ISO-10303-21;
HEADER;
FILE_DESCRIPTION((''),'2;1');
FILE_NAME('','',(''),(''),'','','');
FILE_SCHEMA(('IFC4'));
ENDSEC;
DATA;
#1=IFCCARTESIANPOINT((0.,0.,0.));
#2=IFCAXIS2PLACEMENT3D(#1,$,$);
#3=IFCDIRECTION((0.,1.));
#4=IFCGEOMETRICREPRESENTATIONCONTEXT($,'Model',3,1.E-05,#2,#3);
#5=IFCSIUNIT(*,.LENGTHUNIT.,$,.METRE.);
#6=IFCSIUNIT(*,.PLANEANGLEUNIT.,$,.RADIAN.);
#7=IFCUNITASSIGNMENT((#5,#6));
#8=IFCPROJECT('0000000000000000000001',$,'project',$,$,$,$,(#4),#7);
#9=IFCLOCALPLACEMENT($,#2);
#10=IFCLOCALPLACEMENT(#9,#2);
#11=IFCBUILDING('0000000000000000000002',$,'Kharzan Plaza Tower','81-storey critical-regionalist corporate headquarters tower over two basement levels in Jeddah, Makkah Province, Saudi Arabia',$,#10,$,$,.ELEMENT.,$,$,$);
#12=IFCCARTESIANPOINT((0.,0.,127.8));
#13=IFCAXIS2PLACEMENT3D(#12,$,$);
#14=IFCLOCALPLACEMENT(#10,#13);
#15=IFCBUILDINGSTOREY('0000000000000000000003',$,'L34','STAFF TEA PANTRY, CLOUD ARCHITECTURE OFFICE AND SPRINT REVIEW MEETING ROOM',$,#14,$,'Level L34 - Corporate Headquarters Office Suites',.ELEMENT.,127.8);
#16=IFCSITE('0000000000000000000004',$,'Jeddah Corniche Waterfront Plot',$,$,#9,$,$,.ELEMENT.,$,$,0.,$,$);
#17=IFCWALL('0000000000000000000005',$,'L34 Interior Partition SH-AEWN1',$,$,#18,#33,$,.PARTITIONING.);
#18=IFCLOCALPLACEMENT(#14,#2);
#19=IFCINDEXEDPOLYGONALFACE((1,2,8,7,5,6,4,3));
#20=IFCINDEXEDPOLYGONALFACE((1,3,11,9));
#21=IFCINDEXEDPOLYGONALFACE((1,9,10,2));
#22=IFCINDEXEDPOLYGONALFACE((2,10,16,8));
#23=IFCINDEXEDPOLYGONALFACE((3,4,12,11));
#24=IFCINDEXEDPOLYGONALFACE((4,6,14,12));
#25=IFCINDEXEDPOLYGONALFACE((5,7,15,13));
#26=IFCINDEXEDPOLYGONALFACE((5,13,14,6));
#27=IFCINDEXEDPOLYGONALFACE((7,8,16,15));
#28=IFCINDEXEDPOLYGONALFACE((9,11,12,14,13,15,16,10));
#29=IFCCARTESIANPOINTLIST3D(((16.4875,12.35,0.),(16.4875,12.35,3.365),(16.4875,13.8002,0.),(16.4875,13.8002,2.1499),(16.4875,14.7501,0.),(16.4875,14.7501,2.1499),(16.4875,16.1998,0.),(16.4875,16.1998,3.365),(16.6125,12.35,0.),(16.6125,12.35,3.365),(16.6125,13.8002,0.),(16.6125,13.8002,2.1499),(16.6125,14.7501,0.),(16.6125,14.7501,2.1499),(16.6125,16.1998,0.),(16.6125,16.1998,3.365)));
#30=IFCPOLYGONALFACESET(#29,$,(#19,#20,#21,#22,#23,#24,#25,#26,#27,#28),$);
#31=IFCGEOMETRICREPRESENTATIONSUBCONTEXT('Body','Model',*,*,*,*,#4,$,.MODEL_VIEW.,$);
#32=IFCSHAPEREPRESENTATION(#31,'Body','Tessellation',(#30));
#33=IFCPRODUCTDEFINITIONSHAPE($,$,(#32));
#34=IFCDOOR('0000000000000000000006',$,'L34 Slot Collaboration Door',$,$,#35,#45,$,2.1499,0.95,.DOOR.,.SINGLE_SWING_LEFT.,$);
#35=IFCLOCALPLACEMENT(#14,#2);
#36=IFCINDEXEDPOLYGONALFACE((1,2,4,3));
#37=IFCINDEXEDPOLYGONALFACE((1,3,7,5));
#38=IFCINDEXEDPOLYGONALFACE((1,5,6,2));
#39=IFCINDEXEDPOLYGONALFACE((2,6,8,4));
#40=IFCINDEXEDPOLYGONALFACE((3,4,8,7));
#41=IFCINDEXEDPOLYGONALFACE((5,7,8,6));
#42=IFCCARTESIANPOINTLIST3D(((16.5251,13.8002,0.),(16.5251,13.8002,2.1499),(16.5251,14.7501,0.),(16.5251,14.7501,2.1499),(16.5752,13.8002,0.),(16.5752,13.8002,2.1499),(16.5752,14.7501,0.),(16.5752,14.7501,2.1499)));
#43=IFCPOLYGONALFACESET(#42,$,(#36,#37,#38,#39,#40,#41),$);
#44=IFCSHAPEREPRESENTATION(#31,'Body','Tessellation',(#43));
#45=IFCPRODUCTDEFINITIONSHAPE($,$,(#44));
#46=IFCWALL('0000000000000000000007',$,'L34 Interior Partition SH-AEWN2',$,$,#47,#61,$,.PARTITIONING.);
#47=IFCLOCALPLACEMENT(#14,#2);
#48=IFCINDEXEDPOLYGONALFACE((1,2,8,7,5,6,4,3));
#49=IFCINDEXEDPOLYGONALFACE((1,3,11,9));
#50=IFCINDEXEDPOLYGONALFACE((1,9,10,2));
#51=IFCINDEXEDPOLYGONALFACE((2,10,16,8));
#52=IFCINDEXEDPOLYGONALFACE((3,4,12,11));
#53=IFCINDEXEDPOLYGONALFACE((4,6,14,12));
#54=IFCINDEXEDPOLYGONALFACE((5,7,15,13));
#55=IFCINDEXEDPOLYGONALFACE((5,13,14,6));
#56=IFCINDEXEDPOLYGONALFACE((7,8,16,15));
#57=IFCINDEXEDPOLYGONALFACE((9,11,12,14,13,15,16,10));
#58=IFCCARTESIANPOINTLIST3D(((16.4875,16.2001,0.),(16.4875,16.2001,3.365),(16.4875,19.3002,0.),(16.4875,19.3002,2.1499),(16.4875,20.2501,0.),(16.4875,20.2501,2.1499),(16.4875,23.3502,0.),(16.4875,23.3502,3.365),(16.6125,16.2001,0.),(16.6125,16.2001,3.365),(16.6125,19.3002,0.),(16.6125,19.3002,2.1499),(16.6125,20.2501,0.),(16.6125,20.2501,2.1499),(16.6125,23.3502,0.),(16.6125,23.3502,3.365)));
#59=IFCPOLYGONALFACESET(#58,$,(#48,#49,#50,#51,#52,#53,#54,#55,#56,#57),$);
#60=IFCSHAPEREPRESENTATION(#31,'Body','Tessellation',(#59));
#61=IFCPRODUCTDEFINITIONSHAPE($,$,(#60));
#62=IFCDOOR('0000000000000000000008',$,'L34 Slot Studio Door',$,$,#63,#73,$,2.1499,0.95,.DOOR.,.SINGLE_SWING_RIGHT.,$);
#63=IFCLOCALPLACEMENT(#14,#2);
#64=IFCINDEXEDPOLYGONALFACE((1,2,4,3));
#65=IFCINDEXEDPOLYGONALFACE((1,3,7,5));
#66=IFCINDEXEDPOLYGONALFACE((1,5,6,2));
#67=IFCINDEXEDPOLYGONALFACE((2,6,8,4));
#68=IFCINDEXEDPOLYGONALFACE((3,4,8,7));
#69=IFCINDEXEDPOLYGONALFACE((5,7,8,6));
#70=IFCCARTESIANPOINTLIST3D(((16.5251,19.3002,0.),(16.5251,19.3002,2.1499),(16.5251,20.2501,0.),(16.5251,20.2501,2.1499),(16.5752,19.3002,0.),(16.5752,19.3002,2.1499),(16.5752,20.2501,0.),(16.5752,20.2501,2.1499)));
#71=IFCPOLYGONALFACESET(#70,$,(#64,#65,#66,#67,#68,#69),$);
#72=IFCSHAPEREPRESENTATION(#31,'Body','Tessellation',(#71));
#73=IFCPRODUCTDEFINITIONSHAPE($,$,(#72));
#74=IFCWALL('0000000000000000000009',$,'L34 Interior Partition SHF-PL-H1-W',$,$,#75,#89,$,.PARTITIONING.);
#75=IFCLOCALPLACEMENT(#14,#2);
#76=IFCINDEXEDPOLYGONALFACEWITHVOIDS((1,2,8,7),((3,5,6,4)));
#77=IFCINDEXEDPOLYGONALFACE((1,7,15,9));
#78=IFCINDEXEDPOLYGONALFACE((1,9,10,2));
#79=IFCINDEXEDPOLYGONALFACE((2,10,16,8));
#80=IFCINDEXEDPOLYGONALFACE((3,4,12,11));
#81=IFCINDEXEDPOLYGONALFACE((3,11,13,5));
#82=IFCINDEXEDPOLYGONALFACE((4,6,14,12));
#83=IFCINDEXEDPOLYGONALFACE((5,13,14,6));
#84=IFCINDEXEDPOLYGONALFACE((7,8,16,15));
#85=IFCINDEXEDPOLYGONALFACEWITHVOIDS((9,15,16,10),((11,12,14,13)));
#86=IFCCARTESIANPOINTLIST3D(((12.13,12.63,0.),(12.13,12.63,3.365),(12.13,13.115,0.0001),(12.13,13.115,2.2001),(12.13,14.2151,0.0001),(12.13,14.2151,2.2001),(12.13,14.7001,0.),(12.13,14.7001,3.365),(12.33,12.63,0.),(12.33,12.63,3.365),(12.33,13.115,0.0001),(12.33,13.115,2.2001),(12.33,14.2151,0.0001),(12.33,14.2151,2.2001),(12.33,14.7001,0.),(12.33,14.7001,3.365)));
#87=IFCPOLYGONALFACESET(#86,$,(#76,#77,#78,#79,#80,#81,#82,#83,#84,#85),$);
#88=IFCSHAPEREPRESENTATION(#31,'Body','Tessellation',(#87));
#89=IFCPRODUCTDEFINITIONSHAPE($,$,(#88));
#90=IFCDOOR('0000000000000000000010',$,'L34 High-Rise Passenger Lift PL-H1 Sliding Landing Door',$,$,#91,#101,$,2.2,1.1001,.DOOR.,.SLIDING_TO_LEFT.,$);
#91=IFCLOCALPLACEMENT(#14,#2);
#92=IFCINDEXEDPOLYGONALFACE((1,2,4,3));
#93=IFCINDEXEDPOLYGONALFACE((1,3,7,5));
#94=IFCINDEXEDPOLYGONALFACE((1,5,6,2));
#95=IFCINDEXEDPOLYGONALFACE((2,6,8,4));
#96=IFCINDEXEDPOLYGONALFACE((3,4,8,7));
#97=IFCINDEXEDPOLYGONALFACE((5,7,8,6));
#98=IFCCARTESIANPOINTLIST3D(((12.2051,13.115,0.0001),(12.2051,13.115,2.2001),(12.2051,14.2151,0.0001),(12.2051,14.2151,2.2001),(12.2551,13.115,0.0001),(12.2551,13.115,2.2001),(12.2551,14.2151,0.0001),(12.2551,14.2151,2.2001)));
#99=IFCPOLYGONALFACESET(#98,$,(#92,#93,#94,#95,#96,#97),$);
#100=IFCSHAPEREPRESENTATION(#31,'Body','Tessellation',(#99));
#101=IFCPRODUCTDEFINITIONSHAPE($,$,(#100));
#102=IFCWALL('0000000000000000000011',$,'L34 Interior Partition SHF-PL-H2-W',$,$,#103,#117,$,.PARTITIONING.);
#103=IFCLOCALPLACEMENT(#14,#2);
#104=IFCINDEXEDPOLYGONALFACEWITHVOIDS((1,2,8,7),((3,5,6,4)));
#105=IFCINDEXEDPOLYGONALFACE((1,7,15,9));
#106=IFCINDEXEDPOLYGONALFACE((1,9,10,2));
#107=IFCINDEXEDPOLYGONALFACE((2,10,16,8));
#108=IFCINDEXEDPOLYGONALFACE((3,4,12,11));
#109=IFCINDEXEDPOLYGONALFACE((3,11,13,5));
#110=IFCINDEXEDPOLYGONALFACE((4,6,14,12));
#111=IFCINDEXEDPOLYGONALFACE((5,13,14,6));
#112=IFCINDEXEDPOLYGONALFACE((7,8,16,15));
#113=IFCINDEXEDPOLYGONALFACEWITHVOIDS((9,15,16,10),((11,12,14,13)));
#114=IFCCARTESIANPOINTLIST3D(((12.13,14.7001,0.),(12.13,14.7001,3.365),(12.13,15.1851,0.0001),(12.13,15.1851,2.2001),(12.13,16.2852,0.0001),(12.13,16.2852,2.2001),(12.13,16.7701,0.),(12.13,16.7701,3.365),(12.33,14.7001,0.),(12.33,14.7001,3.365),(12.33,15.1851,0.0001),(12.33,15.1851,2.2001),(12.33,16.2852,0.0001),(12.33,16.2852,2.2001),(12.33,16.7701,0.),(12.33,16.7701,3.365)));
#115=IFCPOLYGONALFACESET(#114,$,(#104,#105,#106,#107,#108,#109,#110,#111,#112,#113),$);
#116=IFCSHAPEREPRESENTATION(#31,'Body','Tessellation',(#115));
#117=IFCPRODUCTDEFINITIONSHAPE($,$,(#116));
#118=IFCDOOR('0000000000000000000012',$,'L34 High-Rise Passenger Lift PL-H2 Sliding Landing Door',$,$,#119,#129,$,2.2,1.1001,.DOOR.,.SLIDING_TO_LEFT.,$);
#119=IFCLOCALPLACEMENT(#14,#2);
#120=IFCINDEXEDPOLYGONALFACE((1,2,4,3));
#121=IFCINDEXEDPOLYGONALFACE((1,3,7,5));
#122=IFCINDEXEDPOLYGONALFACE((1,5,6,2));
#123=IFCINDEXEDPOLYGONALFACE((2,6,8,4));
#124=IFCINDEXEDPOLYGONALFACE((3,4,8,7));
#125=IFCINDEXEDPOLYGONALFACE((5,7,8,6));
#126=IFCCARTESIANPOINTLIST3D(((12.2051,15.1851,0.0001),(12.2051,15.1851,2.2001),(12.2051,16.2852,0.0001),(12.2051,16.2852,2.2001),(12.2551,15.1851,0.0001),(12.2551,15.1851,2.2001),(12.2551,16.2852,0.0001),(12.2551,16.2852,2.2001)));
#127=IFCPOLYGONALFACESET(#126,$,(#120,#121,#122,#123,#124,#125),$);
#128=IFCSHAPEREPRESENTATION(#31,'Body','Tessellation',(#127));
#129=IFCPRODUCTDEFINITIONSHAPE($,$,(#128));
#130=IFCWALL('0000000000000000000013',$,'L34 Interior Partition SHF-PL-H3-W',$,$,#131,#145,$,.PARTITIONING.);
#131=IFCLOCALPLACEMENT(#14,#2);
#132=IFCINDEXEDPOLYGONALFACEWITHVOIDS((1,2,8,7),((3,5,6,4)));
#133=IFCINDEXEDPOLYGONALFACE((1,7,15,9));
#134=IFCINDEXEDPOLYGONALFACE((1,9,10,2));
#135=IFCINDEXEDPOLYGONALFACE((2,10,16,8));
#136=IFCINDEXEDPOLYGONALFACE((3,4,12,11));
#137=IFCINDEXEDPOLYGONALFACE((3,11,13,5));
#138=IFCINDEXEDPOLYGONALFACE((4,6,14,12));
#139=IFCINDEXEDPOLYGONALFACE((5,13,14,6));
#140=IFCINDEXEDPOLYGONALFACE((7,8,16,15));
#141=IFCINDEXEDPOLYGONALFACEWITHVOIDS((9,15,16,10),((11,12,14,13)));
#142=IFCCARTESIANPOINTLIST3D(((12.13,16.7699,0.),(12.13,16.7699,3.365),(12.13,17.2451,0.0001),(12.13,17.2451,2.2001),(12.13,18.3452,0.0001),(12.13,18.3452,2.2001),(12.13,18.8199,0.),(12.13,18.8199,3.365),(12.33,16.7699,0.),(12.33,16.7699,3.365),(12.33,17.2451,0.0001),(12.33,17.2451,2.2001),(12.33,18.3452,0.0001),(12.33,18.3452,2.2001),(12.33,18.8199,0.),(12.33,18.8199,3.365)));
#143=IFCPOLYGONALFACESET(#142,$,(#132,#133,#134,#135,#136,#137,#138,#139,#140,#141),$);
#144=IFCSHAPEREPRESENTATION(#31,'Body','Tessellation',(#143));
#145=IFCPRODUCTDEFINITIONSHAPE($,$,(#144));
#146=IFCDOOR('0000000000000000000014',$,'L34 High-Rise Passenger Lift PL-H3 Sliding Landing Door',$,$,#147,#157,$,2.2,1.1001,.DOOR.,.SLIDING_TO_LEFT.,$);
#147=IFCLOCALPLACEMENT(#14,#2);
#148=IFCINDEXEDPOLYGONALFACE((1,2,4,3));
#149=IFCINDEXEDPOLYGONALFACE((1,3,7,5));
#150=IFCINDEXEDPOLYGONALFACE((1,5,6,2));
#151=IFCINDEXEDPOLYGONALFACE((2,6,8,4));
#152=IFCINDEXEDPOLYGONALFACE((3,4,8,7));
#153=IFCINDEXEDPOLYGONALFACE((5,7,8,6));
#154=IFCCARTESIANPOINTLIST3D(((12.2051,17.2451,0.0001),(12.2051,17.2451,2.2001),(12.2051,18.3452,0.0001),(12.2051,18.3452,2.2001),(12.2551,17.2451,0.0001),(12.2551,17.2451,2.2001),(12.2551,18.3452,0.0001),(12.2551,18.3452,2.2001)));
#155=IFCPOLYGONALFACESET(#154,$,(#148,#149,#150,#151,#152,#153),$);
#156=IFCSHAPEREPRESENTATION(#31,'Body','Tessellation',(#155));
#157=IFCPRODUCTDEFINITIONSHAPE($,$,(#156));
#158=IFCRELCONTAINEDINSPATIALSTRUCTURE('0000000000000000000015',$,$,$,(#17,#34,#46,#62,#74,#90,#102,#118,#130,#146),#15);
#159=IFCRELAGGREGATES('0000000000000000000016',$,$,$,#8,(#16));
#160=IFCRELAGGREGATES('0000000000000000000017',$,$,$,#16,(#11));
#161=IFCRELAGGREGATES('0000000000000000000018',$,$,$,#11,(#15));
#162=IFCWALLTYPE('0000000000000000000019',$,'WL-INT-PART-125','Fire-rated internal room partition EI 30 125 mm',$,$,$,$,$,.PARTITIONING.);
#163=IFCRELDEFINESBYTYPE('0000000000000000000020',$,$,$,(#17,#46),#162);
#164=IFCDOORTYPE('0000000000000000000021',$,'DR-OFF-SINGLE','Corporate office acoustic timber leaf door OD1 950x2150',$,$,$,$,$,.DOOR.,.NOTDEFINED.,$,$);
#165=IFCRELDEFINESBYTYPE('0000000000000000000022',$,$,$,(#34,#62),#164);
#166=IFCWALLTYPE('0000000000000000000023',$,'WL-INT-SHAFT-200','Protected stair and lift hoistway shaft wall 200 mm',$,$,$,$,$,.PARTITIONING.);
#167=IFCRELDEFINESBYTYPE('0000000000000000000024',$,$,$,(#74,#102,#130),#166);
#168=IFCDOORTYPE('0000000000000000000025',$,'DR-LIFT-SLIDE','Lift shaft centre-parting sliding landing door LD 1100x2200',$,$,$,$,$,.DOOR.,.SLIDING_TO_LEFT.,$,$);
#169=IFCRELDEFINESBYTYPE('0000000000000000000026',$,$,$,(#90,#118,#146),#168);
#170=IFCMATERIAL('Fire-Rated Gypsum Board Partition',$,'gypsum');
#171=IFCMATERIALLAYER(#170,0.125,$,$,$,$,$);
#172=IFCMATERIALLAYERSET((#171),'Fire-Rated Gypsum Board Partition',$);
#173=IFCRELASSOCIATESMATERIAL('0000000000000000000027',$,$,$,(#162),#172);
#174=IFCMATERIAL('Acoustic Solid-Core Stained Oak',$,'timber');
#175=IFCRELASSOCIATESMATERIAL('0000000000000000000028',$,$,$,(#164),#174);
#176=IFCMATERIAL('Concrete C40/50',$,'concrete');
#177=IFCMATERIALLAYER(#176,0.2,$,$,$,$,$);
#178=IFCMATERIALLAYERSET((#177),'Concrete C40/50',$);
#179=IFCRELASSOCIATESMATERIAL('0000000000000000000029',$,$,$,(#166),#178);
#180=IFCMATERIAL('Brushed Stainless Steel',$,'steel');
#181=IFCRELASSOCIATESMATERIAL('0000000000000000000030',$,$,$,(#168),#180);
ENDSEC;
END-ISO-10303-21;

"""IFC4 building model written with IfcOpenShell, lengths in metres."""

from ifc_helpers import new_model, si_unit, direction, frame, frame_2d, origin, place, context, subcontext, project, spatial, rectangle, extrude, source, transform, mapped, material, layer, layer_set, type_object, element, fill, save


model = new_model("IFC4")

# Units and contexts
model_context = context("Model", 3, precision=1e-05, world=origin(), true_north=direction((0.0, 1.0)))
body_context = subcontext(model_context, "Body", "Model", "MODEL_VIEW")
ifc_project = project(units=[si_unit("LENGTHUNIT", "METRE"), si_unit("PLANEANGLEUNIT", "RADIAN")], contexts=[model_context])

# Site, building, storey
site_placement = place(None, origin())
site = spatial("IfcSite", under=ifc_project, at=site_placement, Name="Jeddah Corniche Waterfront Plot", CompositionType="ELEMENT", RefElevation=0.0)
building_placement = place(site_placement, origin())
building = spatial("IfcBuilding", under=site, at=building_placement, Name="Kharzan Plaza Tower", Description="81-storey critical-regionalist corporate headquarters tower over two basement levels in Jeddah, Makkah Province, Saudi Arabia", CompositionType="ELEMENT")
storey_placement = place(building_placement, frame((0.0, 0.0, 127.8)))
storey = spatial("IfcBuildingStorey", under=building, at=storey_placement, Name="L34", Description="STAFF TEA PANTRY, CLOUD ARCHITECTURE OFFICE AND SPRINT REVIEW MEETING ROOM", LongName="Level L34 - Corporate Headquarters Office Suites", CompositionType="ELEMENT", Elevation=127.8)

# Walls, openings, doors
ifc_material_1 = material(Name="Fire-Rated Gypsum Board Partition", Category="gypsum")
ifc_layer_1 = layer(ifc_material_1, 0.125)
ifc_layer_set_1 = layer_set([ifc_layer_1], Name="Fire-Rated Gypsum Board Partition")
wall_type_1 = type_object("IfcWallType", Name="WL-INT-PART-125", Description="Fire-rated internal room partition EI 30 125 mm", PredefinedType="PARTITIONING", material=ifc_layer_set_1)
wall_1_placement = place(storey_placement, frame((16.55, 12.3501, 0.0), z_axis=(0.0, 0.0, 1.0), x_axis=(0.0, 1.0, 0.0)))
wall_1 = element("IfcWall", 1, at=wall_1_placement, inside=storey, type_object=wall_type_1, Name="L34 Interior Partition SH-AEWN1", PredefinedType="PARTITIONING", context=body_context, shape_type="SweptSolid", body=[
    extrude(rectangle(XDim=3.8499, YDim=0.125, at=frame_2d((1.9248, 0.0))), origin(), (0.0, 0.0, 1.0), 3.365),
])
opening_1_placement = place(wall_1_placement, frame((1.45, 0.0, 0.0)))
opening_1 = element("IfcOpeningElement", 2, at=opening_1_placement, cuts=wall_1, PredefinedType="OPENING", context=body_context, shape_type="SweptSolid", body=[
    extrude(rectangle(XDim=0.95, YDim=2.1499, at=frame_2d((0.4751, 1.075))), frame((0.0, 0.0725, 0.0), z_axis=(0.0, -1.0, 0.0), x_axis=(1.0, 0.0, 0.0)), (0.0, 0.0, 1.0), 0.145),
])
ifc_material_2 = material(Name="Acoustic Solid-Core Stained Oak", Category="timber")
door_type_1 = type_object("IfcDoorType", Name="DR-OFF-SINGLE", Description="Corporate office acoustic timber leaf door OD1 950x2150", OperationType="NOTDEFINED", PredefinedType="DOOR", material=ifc_material_2)
shared_shape_1 = source(origin(), body_context, "Body", "SweptSolid", [
    extrude(rectangle(XDim=0.95, YDim=2.1499, at=frame_2d((0.4751, 1.075))), frame((0.0, 0.0249, 0.0), z_axis=(0.0, -1.0, 0.0), x_axis=(1.0, 0.0, 0.0)), (0.0, 0.0, 1.0), 0.05),
])
door_1_placement = place(opening_1_placement, origin())
door_1 = element("IfcDoor", 3, at=door_1_placement, inside=storey, type_object=door_type_1, Name="L34 Slot Collaboration Door", OperationType="SINGLE_SWING_LEFT", OverallHeight=2.1499, OverallWidth=0.95, PredefinedType="DOOR", context=body_context, shape_type="MappedRepresentation", body=[
    mapped(shared_shape_1, transform((0.0, 0.0, 0.0), x_axis=(1.0, 0.0, 0.0), y_axis=(0.0, 1.0, 0.0), z_axis=(0.0, 0.0, 1.0))),
])
fill(opening_1, door_1)
wall_2_placement = place(storey_placement, frame((16.55, 16.2, 0.0), z_axis=(0.0, 0.0, 1.0), x_axis=(0.0, 1.0, 0.0)))
wall_2 = element("IfcWall", 4, at=wall_2_placement, inside=storey, type_object=wall_type_1, Name="L34 Interior Partition SH-AEWN2", PredefinedType="PARTITIONING", context=body_context, shape_type="SweptSolid", body=[
    extrude(rectangle(XDim=7.1501, YDim=0.125, at=frame_2d((3.5752, 0.0))), origin(), (0.0, 0.0, 1.0), 3.365),
])
opening_2_placement = place(wall_2_placement, frame((3.1001, 0.0, 0.0)))
opening_2 = element("IfcOpeningElement", 5, at=opening_2_placement, cuts=wall_2, PredefinedType="OPENING", context=body_context, shape_type="SweptSolid", body=[
    extrude(rectangle(XDim=0.95, YDim=2.1499, at=frame_2d((0.4751, 1.075))), frame((0.0, 0.0725, 0.0), z_axis=(0.0, -1.0, 0.0), x_axis=(1.0, 0.0, 0.0)), (0.0, 0.0, 1.0), 0.145),
])
door_2_placement = place(opening_2_placement, origin())
door_2 = element("IfcDoor", 6, at=door_2_placement, inside=storey, type_object=door_type_1, Name="L34 Slot Studio Door", OperationType="SINGLE_SWING_RIGHT", OverallHeight=2.1499, OverallWidth=0.95, PredefinedType="DOOR", context=body_context, shape_type="MappedRepresentation", body=[
    mapped(shared_shape_1, transform((0.0, 0.0, 0.0), x_axis=(1.0, 0.0, 0.0), y_axis=(0.0, 1.0, 0.0), z_axis=(0.0, 0.0, 1.0))),
])
fill(opening_2, door_2)
ifc_material_3 = material(Name="Concrete C40/50", Category="concrete")
ifc_layer_2 = layer(ifc_material_3, 0.2)
ifc_layer_set_2 = layer_set([ifc_layer_2], Name="Concrete C40/50")
wall_type_2 = type_object("IfcWallType", Name="WL-INT-SHAFT-200", Description="Protected stair and lift hoistway shaft wall 200 mm", PredefinedType="PARTITIONING", material=ifc_layer_set_2)
wall_3_placement = place(storey_placement, frame((12.23, 12.6299, 0.0), z_axis=(0.0, 0.0, 1.0), x_axis=(0.0, 1.0, 0.0)))
wall_3 = element("IfcWall", 7, at=wall_3_placement, inside=storey, type_object=wall_type_2, Name="L34 Interior Partition SHF-PL-H1-W", PredefinedType="PARTITIONING", context=body_context, shape_type="SweptSolid", body=[
    extrude(rectangle(XDim=2.0701, YDim=0.2, at=frame_2d((1.0352, 0.0))), origin(), (0.0, 0.0, 1.0), 3.365),
])
opening_3_placement = place(wall_3_placement, frame((0.4851, 0.0, 0.0)))
opening_3 = element("IfcOpeningElement", 8, at=opening_3_placement, cuts=wall_3, PredefinedType="OPENING", context=body_context, shape_type="SweptSolid", body=[
    extrude(rectangle(XDim=1.1001, YDim=2.2, at=frame_2d((0.55, 1.1001))), frame((0.0, 0.1099, 0.0), z_axis=(0.0, -1.0, 0.0), x_axis=(1.0, 0.0, 0.0)), (0.0, 0.0, 1.0), 0.22),
])
ifc_material_4 = material(Name="Brushed Stainless Steel", Category="steel")
door_type_2 = type_object("IfcDoorType", Name="DR-LIFT-SLIDE", Description="Lift shaft centre-parting sliding landing door LD 1100x2200", OperationType="SLIDING_TO_LEFT", PredefinedType="DOOR", material=ifc_material_4)
shared_shape_2 = source(origin(), body_context, "Body", "SweptSolid", [
    extrude(rectangle(XDim=1.1001, YDim=2.2, at=frame_2d((0.55, 1.1001))), frame((0.0, 0.0249, 0.0), z_axis=(0.0, -1.0, 0.0), x_axis=(1.0, 0.0, 0.0)), (0.0, 0.0, 1.0), 0.05),
])
door_3_placement = place(opening_3_placement, origin())
door_3 = element("IfcDoor", 9, at=door_3_placement, inside=storey, type_object=door_type_2, Name="L34 High-Rise Passenger Lift PL-H1 Sliding Landing Door", OperationType="SLIDING_TO_LEFT", OverallHeight=2.2, OverallWidth=1.1001, PredefinedType="DOOR", context=body_context, shape_type="MappedRepresentation", body=[
    mapped(shared_shape_2, transform((0.0, 0.0, 0.0), x_axis=(1.0, 0.0, 0.0), y_axis=(0.0, 1.0, 0.0), z_axis=(0.0, 0.0, 1.0))),
])
fill(opening_3, door_3)
wall_4_placement = place(storey_placement, frame((12.23, 14.7, 0.0), z_axis=(0.0, 0.0, 1.0), x_axis=(0.0, 1.0, 0.0)))
wall_4 = element("IfcWall", 10, at=wall_4_placement, inside=storey, type_object=wall_type_2, Name="L34 Interior Partition SHF-PL-H2-W", PredefinedType="PARTITIONING", context=body_context, shape_type="SweptSolid", body=[
    extrude(rectangle(XDim=2.0701, YDim=0.2, at=frame_2d((1.0352, 0.0))), origin(), (0.0, 0.0, 1.0), 3.365),
])
opening_4_placement = place(wall_4_placement, frame((0.4851, 0.0, 0.0)))
opening_4 = element("IfcOpeningElement", 11, at=opening_4_placement, cuts=wall_4, PredefinedType="OPENING", context=body_context, shape_type="SweptSolid", body=[
    extrude(rectangle(XDim=1.1001, YDim=2.2, at=frame_2d((0.55, 1.1001))), frame((0.0, 0.1099, 0.0), z_axis=(0.0, -1.0, 0.0), x_axis=(1.0, 0.0, 0.0)), (0.0, 0.0, 1.0), 0.22),
])
door_4_placement = place(opening_4_placement, origin())
door_4 = element("IfcDoor", 12, at=door_4_placement, inside=storey, type_object=door_type_2, Name="L34 High-Rise Passenger Lift PL-H2 Sliding Landing Door", OperationType="SLIDING_TO_LEFT", OverallHeight=2.2, OverallWidth=1.1001, PredefinedType="DOOR", context=body_context, shape_type="MappedRepresentation", body=[
    mapped(shared_shape_2, transform((0.0, 0.0, 0.0), x_axis=(1.0, 0.0, 0.0), y_axis=(0.0, 1.0, 0.0), z_axis=(0.0, 0.0, 1.0))),
])
fill(opening_4, door_4)
wall_5_placement = place(storey_placement, frame((12.23, 16.77, 0.0), z_axis=(0.0, 0.0, 1.0), x_axis=(0.0, 1.0, 0.0)))
wall_5 = element("IfcWall", 13, at=wall_5_placement, inside=storey, type_object=wall_type_2, Name="L34 Interior Partition SHF-PL-H3-W", PredefinedType="PARTITIONING", context=body_context, shape_type="SweptSolid", body=[
    extrude(rectangle(XDim=2.05, YDim=0.2, at=frame_2d((1.0249, 0.0))), origin(), (0.0, 0.0, 1.0), 3.365),
])
opening_5_placement = place(wall_5_placement, frame((0.4751, 0.0, 0.0)))
opening_5 = element("IfcOpeningElement", 14, at=opening_5_placement, cuts=wall_5, PredefinedType="OPENING", context=body_context, shape_type="SweptSolid", body=[
    extrude(rectangle(XDim=1.1001, YDim=2.2, at=frame_2d((0.55, 1.1001))), frame((0.0, 0.1099, 0.0), z_axis=(0.0, -1.0, 0.0), x_axis=(1.0, 0.0, 0.0)), (0.0, 0.0, 1.0), 0.22),
])
door_5_placement = place(opening_5_placement, origin())
door_5 = element("IfcDoor", 15, at=door_5_placement, inside=storey, type_object=door_type_2, Name="L34 High-Rise Passenger Lift PL-H3 Sliding Landing Door", OperationType="SLIDING_TO_LEFT", OverallHeight=2.2, OverallWidth=1.1001, PredefinedType="DOOR", context=body_context, shape_type="MappedRepresentation", body=[
    mapped(shared_shape_2, transform((0.0, 0.0, 0.0), x_axis=(1.0, 0.0, 0.0), y_axis=(0.0, 1.0, 0.0), z_axis=(0.0, 0.0, 1.0))),
])
fill(opening_5, door_5)

save(model, "model.ifc")
